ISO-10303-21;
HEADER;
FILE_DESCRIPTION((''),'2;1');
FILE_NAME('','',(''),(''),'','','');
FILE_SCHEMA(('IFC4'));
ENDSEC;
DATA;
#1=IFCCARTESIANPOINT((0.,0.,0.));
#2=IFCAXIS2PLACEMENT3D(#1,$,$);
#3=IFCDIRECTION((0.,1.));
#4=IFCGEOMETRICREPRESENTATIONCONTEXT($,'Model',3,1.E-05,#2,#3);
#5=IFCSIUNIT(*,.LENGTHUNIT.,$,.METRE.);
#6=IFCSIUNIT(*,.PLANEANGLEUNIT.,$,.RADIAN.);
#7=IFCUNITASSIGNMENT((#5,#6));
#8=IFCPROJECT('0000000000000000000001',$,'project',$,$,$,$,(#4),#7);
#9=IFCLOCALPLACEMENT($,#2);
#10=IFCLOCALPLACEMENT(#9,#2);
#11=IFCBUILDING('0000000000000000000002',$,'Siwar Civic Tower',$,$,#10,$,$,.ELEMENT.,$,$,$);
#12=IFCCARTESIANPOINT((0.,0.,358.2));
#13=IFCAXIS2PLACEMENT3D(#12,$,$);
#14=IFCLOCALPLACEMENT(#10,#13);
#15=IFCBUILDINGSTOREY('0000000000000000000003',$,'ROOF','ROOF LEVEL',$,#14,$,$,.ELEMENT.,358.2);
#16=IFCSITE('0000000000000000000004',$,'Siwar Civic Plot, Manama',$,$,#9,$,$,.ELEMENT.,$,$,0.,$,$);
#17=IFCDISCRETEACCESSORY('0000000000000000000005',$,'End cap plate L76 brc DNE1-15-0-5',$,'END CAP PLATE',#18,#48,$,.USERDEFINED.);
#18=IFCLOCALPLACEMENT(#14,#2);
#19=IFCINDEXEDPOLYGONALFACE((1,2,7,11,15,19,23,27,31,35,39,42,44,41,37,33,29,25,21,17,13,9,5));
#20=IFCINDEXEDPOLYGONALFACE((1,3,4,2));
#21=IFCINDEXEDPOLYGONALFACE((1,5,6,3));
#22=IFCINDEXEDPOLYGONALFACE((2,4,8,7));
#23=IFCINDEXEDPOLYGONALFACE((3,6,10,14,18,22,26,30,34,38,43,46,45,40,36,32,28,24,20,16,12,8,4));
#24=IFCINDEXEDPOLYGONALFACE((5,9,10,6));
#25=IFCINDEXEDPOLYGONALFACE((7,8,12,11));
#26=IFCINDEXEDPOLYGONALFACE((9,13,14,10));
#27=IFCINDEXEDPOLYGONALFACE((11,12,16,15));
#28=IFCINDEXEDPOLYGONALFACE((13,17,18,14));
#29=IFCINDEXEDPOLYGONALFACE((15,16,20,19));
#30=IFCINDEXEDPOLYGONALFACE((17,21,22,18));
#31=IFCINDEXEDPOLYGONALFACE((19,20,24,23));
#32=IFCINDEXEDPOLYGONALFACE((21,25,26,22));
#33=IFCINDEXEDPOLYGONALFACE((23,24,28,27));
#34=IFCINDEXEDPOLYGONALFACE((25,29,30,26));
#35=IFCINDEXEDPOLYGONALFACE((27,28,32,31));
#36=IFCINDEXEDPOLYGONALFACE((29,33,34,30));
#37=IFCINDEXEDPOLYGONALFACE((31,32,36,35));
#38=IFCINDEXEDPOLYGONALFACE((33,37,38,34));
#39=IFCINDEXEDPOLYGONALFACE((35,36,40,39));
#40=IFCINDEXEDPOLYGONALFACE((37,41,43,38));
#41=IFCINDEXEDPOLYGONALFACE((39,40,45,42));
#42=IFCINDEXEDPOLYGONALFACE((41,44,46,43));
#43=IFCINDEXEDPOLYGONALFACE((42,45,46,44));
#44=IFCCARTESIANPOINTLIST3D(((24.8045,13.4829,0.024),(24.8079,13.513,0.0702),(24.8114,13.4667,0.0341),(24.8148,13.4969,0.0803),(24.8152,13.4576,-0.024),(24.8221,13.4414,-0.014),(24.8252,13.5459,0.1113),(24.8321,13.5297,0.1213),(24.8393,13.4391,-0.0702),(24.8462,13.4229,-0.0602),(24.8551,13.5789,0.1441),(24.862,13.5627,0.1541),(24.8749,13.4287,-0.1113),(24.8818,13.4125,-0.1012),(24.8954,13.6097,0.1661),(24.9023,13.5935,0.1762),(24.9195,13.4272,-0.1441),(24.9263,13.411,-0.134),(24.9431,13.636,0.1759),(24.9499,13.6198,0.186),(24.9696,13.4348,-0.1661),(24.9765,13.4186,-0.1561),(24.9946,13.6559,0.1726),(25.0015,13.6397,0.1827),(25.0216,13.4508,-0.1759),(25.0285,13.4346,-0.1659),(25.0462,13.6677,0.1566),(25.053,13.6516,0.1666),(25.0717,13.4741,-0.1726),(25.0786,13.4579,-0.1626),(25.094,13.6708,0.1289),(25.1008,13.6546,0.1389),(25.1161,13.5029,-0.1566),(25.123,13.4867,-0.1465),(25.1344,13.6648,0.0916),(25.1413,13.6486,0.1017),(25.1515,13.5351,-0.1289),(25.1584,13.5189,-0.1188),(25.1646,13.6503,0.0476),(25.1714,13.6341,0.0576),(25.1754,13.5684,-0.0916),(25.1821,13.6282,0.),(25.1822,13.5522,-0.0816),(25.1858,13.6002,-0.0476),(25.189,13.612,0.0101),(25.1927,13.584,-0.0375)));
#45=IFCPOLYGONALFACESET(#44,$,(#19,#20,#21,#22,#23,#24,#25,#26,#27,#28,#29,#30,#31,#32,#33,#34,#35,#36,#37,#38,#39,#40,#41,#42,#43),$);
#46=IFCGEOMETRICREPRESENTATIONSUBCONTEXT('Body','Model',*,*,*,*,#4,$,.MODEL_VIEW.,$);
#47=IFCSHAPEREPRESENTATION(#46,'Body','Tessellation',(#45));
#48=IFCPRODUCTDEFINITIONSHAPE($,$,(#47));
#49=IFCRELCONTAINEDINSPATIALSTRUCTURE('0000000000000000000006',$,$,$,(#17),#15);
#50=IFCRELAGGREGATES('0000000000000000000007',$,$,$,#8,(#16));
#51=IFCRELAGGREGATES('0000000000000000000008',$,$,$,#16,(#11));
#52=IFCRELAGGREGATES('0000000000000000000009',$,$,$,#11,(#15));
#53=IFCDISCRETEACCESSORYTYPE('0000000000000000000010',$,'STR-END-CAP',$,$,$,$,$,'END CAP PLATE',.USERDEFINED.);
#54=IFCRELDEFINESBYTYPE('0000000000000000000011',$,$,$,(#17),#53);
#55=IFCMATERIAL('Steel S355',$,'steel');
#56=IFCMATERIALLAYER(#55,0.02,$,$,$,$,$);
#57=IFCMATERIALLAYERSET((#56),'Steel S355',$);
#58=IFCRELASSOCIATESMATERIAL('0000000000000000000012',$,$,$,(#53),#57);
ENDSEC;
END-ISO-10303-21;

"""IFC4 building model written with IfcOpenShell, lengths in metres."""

from ifc_helpers import new_model, si_unit, direction, frame, origin, origin_2d, place, context, subcontext, project, spatial, circle, extrude, material, layer, layer_set, type_object, element, save


model = new_model("IFC4")

# Units and contexts
model_context = context("Model", 3, precision=1e-05, world=origin(), true_north=direction((0.0, 1.0)))
body_context = subcontext(model_context, "Body", "Model", "MODEL_VIEW")
ifc_project = project(units=[si_unit("LENGTHUNIT", "METRE"), si_unit("PLANEANGLEUNIT", "RADIAN")], contexts=[model_context])

# Site, building, storey
site_placement = place(None, origin())
site = spatial("IfcSite", under=ifc_project, at=site_placement, Name="Siwar Civic Plot, Manama", CompositionType="ELEMENT", RefElevation=0.0)
building_placement = place(site_placement, origin())
building = spatial("IfcBuilding", under=site, at=building_placement, Name="Siwar Civic Tower", CompositionType="ELEMENT")
storey_placement = place(building_placement, frame((0.0, 0.0, 358.2)))
storey = spatial("IfcBuildingStorey", under=building, at=storey_placement, Name="ROOF", Description="ROOF LEVEL", CompositionType="ELEMENT", Elevation=358.2)

# Discrete accessory
ifc_material_1 = material(Name="Steel S355", Category="steel")
ifc_layer_1 = layer(ifc_material_1, 0.02)
ifc_layer_set_1 = layer_set([ifc_layer_1], Name="Steel S355")
discrete_accessory_type = type_object("IfcDiscreteAccessoryType", Name="STR-END-CAP", ElementType="END CAP PLATE", PredefinedType="USERDEFINED", material=ifc_layer_set_1)
discrete_accessory_1_placement = place(storey_placement, frame((24.9951, 13.5488, 0.0), z_axis=(0.339027, -0.799135, 0.496432), x_axis=(0.920582, 0.39055, 0.0)))
element("IfcDiscreteAccessory", 1, at=discrete_accessory_1_placement, inside=storey, type_object=discrete_accessory_type, Name="End cap plate L76 brc DNE1-15-0-5", ObjectType="END CAP PLATE", PredefinedType="USERDEFINED", context=body_context, shape_type="SweptSolid", body=[
    extrude(circle(Radius=0.2031, at=origin_2d()), origin(), (0.0, 0.0, 1.0), 0.0203),
])

save(model, "model.ifc")
